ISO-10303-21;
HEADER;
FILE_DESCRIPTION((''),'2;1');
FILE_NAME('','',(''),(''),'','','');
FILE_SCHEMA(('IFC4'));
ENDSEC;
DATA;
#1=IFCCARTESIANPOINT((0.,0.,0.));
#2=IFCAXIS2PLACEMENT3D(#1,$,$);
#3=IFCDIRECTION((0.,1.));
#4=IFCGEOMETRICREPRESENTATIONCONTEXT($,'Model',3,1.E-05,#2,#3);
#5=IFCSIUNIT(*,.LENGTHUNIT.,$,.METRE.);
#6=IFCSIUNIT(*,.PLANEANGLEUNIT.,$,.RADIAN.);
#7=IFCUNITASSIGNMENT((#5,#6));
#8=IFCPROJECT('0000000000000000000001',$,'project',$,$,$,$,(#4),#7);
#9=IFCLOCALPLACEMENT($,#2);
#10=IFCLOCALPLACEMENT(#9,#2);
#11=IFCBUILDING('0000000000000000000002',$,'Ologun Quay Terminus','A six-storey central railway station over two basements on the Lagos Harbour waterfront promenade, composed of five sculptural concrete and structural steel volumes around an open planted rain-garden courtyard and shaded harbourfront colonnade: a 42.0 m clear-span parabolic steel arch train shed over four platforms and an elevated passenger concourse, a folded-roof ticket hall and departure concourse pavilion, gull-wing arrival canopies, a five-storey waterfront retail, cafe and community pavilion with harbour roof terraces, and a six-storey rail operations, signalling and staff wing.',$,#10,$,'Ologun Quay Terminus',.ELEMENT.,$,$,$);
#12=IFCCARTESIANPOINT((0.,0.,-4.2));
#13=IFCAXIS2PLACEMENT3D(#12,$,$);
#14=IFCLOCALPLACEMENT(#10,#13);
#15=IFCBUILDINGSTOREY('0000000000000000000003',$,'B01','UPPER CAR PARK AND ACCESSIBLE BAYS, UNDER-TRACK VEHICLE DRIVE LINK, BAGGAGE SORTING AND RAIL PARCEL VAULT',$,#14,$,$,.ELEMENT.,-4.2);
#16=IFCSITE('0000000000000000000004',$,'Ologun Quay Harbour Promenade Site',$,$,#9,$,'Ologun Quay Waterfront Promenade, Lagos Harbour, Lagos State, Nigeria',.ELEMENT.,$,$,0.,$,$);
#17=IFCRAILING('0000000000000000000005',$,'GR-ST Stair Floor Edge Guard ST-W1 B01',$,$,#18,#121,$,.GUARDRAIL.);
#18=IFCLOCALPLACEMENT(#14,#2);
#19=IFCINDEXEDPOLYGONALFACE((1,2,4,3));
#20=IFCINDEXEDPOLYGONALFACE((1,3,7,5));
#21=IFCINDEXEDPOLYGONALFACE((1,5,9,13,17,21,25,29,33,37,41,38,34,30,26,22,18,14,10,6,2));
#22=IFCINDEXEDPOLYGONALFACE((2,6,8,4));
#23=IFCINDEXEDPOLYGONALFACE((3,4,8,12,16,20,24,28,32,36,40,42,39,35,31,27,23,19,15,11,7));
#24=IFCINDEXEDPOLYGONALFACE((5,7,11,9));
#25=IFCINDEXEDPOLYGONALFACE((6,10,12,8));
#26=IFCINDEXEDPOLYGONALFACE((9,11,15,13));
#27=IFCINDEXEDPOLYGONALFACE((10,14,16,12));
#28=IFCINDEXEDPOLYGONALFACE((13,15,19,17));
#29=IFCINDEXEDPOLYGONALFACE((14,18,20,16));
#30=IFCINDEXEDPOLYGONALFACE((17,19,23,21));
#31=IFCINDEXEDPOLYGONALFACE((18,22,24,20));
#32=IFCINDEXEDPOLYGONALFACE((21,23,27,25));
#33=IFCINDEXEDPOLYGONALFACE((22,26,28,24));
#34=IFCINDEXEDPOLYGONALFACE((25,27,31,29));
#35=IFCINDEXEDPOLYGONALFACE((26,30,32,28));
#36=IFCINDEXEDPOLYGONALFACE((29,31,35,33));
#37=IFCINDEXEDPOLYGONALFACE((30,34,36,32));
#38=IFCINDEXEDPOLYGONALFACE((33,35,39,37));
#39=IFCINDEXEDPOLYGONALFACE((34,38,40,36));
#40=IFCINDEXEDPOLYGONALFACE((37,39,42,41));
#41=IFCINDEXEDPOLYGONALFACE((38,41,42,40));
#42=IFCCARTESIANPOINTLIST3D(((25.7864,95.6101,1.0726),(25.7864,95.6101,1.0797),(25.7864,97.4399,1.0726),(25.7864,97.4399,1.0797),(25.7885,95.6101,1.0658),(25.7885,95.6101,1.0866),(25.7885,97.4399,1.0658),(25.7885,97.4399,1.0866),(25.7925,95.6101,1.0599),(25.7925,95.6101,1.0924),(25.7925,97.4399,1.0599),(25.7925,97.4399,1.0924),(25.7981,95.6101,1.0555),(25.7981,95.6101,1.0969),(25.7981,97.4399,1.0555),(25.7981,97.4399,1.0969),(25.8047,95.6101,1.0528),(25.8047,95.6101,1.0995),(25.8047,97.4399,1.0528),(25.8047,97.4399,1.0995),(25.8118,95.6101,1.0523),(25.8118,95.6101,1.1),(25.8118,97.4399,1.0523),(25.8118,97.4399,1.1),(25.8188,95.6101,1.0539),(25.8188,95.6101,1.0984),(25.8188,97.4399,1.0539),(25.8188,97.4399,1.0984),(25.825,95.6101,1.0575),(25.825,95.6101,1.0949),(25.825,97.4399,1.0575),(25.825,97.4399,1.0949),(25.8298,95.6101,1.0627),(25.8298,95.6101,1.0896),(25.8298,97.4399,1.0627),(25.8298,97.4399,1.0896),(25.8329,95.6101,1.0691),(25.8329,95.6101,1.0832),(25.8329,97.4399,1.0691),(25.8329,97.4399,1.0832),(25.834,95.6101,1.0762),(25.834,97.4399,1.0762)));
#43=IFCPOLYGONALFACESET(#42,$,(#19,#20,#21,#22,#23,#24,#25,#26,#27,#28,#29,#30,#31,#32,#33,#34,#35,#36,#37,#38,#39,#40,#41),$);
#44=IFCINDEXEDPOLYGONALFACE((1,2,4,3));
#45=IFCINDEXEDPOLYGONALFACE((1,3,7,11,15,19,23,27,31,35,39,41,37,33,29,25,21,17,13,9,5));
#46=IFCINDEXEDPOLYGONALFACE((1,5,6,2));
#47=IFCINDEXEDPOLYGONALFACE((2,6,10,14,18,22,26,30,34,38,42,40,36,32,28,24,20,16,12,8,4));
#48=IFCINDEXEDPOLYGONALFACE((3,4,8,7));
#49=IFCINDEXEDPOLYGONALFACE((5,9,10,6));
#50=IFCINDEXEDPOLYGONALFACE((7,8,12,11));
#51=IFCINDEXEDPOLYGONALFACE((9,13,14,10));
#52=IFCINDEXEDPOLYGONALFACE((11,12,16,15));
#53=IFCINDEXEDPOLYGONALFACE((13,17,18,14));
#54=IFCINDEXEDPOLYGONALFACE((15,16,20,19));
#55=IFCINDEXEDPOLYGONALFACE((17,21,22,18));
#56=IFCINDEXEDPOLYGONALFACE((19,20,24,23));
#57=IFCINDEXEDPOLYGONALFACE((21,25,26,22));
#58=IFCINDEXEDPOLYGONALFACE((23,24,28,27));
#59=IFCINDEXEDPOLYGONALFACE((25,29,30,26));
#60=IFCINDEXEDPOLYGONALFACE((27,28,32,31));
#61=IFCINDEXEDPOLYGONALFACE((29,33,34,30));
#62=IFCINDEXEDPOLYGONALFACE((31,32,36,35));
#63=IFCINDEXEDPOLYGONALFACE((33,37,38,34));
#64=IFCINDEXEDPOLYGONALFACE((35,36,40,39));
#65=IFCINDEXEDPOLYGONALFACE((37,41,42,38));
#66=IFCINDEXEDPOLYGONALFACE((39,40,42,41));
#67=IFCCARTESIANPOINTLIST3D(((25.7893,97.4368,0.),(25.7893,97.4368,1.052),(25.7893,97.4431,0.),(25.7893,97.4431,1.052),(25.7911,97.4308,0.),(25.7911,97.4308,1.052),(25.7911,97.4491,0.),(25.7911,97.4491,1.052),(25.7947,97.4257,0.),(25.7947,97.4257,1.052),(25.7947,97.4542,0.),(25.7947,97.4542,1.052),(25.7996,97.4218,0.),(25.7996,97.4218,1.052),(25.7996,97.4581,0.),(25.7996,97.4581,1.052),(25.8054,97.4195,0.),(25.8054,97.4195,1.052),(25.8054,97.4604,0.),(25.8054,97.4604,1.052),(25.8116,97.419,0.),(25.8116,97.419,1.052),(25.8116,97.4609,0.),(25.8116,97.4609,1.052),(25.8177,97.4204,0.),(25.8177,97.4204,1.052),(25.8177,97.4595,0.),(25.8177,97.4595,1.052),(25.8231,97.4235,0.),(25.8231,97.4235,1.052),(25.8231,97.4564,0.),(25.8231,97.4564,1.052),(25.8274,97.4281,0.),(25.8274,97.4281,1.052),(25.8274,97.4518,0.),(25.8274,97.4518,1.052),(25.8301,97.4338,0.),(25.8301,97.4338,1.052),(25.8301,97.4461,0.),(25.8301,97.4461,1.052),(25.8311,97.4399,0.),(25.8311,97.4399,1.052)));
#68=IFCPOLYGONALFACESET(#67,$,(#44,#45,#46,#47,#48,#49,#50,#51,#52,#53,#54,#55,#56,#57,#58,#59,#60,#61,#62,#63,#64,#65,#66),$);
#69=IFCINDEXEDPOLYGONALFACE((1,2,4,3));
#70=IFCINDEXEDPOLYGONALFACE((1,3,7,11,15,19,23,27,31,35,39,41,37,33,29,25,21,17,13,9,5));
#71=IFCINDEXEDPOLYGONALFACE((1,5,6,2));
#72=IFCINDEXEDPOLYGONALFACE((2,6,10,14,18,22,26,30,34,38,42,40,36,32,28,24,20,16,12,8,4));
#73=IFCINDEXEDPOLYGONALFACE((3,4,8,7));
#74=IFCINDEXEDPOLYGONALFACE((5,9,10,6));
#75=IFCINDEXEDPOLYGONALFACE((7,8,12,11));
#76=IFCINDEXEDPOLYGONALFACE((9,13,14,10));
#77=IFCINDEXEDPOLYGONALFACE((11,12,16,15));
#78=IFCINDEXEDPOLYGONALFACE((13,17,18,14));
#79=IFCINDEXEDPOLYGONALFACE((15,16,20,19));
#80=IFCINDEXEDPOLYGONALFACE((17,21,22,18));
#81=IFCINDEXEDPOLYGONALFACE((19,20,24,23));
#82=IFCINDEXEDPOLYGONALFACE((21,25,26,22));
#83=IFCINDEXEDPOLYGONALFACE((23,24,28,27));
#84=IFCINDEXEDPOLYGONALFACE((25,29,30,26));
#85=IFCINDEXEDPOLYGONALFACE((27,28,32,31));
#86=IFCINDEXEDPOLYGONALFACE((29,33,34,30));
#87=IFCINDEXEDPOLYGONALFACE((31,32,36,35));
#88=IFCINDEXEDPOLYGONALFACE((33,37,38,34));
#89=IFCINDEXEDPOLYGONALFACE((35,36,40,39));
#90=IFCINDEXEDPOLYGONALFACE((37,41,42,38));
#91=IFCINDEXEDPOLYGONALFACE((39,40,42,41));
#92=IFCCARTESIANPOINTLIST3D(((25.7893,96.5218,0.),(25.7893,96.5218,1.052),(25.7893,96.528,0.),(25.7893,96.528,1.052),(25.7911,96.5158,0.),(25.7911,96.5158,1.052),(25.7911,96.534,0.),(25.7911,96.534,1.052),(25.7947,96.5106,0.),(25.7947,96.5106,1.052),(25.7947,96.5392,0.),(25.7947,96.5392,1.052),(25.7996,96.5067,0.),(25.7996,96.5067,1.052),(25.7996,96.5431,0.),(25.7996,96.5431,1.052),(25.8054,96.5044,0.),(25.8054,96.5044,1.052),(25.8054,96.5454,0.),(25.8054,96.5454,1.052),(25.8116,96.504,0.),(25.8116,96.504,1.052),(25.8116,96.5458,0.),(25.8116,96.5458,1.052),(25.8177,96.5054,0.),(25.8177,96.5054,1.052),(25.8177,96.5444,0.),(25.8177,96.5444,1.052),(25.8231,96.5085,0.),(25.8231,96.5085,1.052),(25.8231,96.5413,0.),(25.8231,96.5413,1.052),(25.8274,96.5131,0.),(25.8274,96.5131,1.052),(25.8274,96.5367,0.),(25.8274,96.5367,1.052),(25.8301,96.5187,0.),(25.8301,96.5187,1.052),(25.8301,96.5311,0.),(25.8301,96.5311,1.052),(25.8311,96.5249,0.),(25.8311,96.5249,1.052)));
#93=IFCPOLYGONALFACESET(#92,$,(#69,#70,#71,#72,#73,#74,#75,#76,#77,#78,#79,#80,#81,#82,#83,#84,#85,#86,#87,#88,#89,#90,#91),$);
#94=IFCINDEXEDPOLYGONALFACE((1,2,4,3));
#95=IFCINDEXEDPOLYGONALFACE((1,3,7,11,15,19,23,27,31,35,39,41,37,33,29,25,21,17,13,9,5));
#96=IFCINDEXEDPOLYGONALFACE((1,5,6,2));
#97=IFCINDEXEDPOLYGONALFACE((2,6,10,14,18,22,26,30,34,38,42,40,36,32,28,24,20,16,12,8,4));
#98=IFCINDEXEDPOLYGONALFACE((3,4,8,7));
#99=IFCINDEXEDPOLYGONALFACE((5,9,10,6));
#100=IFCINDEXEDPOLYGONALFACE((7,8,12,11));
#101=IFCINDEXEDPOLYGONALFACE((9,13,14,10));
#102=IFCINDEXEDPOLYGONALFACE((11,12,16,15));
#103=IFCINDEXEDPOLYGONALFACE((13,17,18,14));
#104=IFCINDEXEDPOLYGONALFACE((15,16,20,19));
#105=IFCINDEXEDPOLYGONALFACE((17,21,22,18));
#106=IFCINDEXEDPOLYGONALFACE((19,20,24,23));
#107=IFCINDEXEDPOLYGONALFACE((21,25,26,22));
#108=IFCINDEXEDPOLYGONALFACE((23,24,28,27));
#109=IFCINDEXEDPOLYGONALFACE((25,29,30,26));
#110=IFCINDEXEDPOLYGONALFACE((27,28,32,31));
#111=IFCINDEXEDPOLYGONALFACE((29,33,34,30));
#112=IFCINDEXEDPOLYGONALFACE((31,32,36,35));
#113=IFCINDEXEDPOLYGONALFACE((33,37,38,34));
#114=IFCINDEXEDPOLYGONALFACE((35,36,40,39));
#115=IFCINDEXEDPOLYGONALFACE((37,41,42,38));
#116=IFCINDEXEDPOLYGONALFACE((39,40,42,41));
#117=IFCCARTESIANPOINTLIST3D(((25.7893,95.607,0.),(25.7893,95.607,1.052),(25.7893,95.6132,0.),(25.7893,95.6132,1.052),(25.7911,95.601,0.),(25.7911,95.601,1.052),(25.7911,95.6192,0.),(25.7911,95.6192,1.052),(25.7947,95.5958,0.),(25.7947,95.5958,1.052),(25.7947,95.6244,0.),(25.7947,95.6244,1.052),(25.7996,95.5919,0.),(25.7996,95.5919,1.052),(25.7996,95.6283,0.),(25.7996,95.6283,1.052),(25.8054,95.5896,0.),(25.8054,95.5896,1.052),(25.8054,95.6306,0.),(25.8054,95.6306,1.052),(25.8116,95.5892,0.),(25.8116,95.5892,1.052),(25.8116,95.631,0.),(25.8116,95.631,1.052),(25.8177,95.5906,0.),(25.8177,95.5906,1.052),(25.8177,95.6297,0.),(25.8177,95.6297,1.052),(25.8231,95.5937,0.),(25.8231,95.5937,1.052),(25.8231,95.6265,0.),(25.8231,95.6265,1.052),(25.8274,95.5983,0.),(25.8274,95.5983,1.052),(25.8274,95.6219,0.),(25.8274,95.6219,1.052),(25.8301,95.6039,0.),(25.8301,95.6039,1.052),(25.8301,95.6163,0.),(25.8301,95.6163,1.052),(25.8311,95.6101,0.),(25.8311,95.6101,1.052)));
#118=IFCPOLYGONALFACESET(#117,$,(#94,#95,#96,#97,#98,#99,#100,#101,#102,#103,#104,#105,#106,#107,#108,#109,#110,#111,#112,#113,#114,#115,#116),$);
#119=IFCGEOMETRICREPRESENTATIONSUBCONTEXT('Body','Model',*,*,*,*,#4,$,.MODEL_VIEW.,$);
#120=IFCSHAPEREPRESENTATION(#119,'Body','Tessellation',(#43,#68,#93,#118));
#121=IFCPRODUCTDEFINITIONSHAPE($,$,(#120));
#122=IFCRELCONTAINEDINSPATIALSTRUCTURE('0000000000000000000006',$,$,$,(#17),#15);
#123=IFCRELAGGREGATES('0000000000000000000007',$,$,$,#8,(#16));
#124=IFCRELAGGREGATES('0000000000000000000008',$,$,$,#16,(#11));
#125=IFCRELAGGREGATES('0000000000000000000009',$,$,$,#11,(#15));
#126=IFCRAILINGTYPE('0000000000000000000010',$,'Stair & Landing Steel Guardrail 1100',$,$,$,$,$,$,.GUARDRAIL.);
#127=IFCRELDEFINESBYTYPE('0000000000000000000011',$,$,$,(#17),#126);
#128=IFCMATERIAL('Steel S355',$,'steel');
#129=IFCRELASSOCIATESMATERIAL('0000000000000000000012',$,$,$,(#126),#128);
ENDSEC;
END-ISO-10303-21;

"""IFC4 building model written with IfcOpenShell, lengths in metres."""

from ifc_helpers import new_model, si_unit, direction, frame, origin, origin_2d, place, context, subcontext, project, spatial, circle, extrude, material, type_object, element, save


model = new_model("IFC4")

# Units and contexts
model_context = context("Model", 3, precision=1e-05, world=origin(), true_north=direction((0.0, 1.0)))
body_context = subcontext(model_context, "Body", "Model", "MODEL_VIEW")
ifc_project = project(units=[si_unit("LENGTHUNIT", "METRE"), si_unit("PLANEANGLEUNIT", "RADIAN")], contexts=[model_context])

# Site, building, storey
site_placement = place(None, origin())
site = spatial("IfcSite", under=ifc_project, at=site_placement, Name="Ologun Quay Harbour Promenade Site", LongName="Ologun Quay Waterfront Promenade, Lagos Harbour, Lagos State, Nigeria", CompositionType="ELEMENT", RefElevation=0.0)
building_placement = place(site_placement, origin())
building = spatial("IfcBuilding", under=site, at=building_placement, Name="Ologun Quay Terminus", Description="A six-storey central railway station over two basements on the Lagos Harbour waterfront promenade, composed of five sculptural concrete and structural steel volumes around an open planted rain-garden courtyard and shaded harbourfront colonnade: a 42.0 m clear-span parabolic steel arch train shed over four platforms and an elevated passenger concourse, a folded-roof ticket hall and departure concourse pavilion, gull-wing arrival canopies, a five-storey waterfront retail, cafe and community pavilion with harbour roof terraces, and a six-storey rail operations, signalling and staff wing.", LongName="Ologun Quay Terminus", CompositionType="ELEMENT")
storey_placement = place(building_placement, frame((0.0, 0.0, -4.2)))
storey = spatial("IfcBuildingStorey", under=building, at=storey_placement, Name="B01", Description="UPPER CAR PARK AND ACCESSIBLE BAYS, UNDER-TRACK VEHICLE DRIVE LINK, BAGGAGE SORTING AND RAIL PARCEL VAULT", CompositionType="ELEMENT", Elevation=-4.2)

# Railing
ifc_material_1 = material(Name="Steel S355", Category="steel")
railing_type_1 = type_object("IfcRailingType", Name="Stair & Landing Steel Guardrail 1100", PredefinedType="GUARDRAIL", material=ifc_material_1)
railing_1_placement = place(storey_placement, frame((25.8101, 97.4399, 0.0)))
element("IfcRailing", 1, at=railing_1_placement, inside=storey, type_object=railing_type_1, Name="GR-ST Stair Floor Edge Guard ST-W1 B01", PredefinedType="GUARDRAIL", context=body_context, shape_type="SweptSolid", body=[
    extrude(circle(Radius=0.0239, at=origin_2d()), frame((0.0, 0.0, 1.0762), z_axis=(0.0, -1.0, 0.0), x_axis=(1.0, 0.0, 0.0)), (0.0, 0.0, 1.0), 1.8298),
    extrude(circle(Radius=0.021, at=origin_2d()), origin(), (0.0, 0.0, 1.0), 1.052),
    extrude(circle(Radius=0.021, at=origin_2d()), frame((0.0, -0.915, 0.0)), (0.0, 0.0, 1.0), 1.052),
    extrude(circle(Radius=0.021, at=origin_2d()), frame((0.0, -1.8298, 0.0)), (0.0, 0.0, 1.0), 1.052),
])

save(model, "model.ifc")
